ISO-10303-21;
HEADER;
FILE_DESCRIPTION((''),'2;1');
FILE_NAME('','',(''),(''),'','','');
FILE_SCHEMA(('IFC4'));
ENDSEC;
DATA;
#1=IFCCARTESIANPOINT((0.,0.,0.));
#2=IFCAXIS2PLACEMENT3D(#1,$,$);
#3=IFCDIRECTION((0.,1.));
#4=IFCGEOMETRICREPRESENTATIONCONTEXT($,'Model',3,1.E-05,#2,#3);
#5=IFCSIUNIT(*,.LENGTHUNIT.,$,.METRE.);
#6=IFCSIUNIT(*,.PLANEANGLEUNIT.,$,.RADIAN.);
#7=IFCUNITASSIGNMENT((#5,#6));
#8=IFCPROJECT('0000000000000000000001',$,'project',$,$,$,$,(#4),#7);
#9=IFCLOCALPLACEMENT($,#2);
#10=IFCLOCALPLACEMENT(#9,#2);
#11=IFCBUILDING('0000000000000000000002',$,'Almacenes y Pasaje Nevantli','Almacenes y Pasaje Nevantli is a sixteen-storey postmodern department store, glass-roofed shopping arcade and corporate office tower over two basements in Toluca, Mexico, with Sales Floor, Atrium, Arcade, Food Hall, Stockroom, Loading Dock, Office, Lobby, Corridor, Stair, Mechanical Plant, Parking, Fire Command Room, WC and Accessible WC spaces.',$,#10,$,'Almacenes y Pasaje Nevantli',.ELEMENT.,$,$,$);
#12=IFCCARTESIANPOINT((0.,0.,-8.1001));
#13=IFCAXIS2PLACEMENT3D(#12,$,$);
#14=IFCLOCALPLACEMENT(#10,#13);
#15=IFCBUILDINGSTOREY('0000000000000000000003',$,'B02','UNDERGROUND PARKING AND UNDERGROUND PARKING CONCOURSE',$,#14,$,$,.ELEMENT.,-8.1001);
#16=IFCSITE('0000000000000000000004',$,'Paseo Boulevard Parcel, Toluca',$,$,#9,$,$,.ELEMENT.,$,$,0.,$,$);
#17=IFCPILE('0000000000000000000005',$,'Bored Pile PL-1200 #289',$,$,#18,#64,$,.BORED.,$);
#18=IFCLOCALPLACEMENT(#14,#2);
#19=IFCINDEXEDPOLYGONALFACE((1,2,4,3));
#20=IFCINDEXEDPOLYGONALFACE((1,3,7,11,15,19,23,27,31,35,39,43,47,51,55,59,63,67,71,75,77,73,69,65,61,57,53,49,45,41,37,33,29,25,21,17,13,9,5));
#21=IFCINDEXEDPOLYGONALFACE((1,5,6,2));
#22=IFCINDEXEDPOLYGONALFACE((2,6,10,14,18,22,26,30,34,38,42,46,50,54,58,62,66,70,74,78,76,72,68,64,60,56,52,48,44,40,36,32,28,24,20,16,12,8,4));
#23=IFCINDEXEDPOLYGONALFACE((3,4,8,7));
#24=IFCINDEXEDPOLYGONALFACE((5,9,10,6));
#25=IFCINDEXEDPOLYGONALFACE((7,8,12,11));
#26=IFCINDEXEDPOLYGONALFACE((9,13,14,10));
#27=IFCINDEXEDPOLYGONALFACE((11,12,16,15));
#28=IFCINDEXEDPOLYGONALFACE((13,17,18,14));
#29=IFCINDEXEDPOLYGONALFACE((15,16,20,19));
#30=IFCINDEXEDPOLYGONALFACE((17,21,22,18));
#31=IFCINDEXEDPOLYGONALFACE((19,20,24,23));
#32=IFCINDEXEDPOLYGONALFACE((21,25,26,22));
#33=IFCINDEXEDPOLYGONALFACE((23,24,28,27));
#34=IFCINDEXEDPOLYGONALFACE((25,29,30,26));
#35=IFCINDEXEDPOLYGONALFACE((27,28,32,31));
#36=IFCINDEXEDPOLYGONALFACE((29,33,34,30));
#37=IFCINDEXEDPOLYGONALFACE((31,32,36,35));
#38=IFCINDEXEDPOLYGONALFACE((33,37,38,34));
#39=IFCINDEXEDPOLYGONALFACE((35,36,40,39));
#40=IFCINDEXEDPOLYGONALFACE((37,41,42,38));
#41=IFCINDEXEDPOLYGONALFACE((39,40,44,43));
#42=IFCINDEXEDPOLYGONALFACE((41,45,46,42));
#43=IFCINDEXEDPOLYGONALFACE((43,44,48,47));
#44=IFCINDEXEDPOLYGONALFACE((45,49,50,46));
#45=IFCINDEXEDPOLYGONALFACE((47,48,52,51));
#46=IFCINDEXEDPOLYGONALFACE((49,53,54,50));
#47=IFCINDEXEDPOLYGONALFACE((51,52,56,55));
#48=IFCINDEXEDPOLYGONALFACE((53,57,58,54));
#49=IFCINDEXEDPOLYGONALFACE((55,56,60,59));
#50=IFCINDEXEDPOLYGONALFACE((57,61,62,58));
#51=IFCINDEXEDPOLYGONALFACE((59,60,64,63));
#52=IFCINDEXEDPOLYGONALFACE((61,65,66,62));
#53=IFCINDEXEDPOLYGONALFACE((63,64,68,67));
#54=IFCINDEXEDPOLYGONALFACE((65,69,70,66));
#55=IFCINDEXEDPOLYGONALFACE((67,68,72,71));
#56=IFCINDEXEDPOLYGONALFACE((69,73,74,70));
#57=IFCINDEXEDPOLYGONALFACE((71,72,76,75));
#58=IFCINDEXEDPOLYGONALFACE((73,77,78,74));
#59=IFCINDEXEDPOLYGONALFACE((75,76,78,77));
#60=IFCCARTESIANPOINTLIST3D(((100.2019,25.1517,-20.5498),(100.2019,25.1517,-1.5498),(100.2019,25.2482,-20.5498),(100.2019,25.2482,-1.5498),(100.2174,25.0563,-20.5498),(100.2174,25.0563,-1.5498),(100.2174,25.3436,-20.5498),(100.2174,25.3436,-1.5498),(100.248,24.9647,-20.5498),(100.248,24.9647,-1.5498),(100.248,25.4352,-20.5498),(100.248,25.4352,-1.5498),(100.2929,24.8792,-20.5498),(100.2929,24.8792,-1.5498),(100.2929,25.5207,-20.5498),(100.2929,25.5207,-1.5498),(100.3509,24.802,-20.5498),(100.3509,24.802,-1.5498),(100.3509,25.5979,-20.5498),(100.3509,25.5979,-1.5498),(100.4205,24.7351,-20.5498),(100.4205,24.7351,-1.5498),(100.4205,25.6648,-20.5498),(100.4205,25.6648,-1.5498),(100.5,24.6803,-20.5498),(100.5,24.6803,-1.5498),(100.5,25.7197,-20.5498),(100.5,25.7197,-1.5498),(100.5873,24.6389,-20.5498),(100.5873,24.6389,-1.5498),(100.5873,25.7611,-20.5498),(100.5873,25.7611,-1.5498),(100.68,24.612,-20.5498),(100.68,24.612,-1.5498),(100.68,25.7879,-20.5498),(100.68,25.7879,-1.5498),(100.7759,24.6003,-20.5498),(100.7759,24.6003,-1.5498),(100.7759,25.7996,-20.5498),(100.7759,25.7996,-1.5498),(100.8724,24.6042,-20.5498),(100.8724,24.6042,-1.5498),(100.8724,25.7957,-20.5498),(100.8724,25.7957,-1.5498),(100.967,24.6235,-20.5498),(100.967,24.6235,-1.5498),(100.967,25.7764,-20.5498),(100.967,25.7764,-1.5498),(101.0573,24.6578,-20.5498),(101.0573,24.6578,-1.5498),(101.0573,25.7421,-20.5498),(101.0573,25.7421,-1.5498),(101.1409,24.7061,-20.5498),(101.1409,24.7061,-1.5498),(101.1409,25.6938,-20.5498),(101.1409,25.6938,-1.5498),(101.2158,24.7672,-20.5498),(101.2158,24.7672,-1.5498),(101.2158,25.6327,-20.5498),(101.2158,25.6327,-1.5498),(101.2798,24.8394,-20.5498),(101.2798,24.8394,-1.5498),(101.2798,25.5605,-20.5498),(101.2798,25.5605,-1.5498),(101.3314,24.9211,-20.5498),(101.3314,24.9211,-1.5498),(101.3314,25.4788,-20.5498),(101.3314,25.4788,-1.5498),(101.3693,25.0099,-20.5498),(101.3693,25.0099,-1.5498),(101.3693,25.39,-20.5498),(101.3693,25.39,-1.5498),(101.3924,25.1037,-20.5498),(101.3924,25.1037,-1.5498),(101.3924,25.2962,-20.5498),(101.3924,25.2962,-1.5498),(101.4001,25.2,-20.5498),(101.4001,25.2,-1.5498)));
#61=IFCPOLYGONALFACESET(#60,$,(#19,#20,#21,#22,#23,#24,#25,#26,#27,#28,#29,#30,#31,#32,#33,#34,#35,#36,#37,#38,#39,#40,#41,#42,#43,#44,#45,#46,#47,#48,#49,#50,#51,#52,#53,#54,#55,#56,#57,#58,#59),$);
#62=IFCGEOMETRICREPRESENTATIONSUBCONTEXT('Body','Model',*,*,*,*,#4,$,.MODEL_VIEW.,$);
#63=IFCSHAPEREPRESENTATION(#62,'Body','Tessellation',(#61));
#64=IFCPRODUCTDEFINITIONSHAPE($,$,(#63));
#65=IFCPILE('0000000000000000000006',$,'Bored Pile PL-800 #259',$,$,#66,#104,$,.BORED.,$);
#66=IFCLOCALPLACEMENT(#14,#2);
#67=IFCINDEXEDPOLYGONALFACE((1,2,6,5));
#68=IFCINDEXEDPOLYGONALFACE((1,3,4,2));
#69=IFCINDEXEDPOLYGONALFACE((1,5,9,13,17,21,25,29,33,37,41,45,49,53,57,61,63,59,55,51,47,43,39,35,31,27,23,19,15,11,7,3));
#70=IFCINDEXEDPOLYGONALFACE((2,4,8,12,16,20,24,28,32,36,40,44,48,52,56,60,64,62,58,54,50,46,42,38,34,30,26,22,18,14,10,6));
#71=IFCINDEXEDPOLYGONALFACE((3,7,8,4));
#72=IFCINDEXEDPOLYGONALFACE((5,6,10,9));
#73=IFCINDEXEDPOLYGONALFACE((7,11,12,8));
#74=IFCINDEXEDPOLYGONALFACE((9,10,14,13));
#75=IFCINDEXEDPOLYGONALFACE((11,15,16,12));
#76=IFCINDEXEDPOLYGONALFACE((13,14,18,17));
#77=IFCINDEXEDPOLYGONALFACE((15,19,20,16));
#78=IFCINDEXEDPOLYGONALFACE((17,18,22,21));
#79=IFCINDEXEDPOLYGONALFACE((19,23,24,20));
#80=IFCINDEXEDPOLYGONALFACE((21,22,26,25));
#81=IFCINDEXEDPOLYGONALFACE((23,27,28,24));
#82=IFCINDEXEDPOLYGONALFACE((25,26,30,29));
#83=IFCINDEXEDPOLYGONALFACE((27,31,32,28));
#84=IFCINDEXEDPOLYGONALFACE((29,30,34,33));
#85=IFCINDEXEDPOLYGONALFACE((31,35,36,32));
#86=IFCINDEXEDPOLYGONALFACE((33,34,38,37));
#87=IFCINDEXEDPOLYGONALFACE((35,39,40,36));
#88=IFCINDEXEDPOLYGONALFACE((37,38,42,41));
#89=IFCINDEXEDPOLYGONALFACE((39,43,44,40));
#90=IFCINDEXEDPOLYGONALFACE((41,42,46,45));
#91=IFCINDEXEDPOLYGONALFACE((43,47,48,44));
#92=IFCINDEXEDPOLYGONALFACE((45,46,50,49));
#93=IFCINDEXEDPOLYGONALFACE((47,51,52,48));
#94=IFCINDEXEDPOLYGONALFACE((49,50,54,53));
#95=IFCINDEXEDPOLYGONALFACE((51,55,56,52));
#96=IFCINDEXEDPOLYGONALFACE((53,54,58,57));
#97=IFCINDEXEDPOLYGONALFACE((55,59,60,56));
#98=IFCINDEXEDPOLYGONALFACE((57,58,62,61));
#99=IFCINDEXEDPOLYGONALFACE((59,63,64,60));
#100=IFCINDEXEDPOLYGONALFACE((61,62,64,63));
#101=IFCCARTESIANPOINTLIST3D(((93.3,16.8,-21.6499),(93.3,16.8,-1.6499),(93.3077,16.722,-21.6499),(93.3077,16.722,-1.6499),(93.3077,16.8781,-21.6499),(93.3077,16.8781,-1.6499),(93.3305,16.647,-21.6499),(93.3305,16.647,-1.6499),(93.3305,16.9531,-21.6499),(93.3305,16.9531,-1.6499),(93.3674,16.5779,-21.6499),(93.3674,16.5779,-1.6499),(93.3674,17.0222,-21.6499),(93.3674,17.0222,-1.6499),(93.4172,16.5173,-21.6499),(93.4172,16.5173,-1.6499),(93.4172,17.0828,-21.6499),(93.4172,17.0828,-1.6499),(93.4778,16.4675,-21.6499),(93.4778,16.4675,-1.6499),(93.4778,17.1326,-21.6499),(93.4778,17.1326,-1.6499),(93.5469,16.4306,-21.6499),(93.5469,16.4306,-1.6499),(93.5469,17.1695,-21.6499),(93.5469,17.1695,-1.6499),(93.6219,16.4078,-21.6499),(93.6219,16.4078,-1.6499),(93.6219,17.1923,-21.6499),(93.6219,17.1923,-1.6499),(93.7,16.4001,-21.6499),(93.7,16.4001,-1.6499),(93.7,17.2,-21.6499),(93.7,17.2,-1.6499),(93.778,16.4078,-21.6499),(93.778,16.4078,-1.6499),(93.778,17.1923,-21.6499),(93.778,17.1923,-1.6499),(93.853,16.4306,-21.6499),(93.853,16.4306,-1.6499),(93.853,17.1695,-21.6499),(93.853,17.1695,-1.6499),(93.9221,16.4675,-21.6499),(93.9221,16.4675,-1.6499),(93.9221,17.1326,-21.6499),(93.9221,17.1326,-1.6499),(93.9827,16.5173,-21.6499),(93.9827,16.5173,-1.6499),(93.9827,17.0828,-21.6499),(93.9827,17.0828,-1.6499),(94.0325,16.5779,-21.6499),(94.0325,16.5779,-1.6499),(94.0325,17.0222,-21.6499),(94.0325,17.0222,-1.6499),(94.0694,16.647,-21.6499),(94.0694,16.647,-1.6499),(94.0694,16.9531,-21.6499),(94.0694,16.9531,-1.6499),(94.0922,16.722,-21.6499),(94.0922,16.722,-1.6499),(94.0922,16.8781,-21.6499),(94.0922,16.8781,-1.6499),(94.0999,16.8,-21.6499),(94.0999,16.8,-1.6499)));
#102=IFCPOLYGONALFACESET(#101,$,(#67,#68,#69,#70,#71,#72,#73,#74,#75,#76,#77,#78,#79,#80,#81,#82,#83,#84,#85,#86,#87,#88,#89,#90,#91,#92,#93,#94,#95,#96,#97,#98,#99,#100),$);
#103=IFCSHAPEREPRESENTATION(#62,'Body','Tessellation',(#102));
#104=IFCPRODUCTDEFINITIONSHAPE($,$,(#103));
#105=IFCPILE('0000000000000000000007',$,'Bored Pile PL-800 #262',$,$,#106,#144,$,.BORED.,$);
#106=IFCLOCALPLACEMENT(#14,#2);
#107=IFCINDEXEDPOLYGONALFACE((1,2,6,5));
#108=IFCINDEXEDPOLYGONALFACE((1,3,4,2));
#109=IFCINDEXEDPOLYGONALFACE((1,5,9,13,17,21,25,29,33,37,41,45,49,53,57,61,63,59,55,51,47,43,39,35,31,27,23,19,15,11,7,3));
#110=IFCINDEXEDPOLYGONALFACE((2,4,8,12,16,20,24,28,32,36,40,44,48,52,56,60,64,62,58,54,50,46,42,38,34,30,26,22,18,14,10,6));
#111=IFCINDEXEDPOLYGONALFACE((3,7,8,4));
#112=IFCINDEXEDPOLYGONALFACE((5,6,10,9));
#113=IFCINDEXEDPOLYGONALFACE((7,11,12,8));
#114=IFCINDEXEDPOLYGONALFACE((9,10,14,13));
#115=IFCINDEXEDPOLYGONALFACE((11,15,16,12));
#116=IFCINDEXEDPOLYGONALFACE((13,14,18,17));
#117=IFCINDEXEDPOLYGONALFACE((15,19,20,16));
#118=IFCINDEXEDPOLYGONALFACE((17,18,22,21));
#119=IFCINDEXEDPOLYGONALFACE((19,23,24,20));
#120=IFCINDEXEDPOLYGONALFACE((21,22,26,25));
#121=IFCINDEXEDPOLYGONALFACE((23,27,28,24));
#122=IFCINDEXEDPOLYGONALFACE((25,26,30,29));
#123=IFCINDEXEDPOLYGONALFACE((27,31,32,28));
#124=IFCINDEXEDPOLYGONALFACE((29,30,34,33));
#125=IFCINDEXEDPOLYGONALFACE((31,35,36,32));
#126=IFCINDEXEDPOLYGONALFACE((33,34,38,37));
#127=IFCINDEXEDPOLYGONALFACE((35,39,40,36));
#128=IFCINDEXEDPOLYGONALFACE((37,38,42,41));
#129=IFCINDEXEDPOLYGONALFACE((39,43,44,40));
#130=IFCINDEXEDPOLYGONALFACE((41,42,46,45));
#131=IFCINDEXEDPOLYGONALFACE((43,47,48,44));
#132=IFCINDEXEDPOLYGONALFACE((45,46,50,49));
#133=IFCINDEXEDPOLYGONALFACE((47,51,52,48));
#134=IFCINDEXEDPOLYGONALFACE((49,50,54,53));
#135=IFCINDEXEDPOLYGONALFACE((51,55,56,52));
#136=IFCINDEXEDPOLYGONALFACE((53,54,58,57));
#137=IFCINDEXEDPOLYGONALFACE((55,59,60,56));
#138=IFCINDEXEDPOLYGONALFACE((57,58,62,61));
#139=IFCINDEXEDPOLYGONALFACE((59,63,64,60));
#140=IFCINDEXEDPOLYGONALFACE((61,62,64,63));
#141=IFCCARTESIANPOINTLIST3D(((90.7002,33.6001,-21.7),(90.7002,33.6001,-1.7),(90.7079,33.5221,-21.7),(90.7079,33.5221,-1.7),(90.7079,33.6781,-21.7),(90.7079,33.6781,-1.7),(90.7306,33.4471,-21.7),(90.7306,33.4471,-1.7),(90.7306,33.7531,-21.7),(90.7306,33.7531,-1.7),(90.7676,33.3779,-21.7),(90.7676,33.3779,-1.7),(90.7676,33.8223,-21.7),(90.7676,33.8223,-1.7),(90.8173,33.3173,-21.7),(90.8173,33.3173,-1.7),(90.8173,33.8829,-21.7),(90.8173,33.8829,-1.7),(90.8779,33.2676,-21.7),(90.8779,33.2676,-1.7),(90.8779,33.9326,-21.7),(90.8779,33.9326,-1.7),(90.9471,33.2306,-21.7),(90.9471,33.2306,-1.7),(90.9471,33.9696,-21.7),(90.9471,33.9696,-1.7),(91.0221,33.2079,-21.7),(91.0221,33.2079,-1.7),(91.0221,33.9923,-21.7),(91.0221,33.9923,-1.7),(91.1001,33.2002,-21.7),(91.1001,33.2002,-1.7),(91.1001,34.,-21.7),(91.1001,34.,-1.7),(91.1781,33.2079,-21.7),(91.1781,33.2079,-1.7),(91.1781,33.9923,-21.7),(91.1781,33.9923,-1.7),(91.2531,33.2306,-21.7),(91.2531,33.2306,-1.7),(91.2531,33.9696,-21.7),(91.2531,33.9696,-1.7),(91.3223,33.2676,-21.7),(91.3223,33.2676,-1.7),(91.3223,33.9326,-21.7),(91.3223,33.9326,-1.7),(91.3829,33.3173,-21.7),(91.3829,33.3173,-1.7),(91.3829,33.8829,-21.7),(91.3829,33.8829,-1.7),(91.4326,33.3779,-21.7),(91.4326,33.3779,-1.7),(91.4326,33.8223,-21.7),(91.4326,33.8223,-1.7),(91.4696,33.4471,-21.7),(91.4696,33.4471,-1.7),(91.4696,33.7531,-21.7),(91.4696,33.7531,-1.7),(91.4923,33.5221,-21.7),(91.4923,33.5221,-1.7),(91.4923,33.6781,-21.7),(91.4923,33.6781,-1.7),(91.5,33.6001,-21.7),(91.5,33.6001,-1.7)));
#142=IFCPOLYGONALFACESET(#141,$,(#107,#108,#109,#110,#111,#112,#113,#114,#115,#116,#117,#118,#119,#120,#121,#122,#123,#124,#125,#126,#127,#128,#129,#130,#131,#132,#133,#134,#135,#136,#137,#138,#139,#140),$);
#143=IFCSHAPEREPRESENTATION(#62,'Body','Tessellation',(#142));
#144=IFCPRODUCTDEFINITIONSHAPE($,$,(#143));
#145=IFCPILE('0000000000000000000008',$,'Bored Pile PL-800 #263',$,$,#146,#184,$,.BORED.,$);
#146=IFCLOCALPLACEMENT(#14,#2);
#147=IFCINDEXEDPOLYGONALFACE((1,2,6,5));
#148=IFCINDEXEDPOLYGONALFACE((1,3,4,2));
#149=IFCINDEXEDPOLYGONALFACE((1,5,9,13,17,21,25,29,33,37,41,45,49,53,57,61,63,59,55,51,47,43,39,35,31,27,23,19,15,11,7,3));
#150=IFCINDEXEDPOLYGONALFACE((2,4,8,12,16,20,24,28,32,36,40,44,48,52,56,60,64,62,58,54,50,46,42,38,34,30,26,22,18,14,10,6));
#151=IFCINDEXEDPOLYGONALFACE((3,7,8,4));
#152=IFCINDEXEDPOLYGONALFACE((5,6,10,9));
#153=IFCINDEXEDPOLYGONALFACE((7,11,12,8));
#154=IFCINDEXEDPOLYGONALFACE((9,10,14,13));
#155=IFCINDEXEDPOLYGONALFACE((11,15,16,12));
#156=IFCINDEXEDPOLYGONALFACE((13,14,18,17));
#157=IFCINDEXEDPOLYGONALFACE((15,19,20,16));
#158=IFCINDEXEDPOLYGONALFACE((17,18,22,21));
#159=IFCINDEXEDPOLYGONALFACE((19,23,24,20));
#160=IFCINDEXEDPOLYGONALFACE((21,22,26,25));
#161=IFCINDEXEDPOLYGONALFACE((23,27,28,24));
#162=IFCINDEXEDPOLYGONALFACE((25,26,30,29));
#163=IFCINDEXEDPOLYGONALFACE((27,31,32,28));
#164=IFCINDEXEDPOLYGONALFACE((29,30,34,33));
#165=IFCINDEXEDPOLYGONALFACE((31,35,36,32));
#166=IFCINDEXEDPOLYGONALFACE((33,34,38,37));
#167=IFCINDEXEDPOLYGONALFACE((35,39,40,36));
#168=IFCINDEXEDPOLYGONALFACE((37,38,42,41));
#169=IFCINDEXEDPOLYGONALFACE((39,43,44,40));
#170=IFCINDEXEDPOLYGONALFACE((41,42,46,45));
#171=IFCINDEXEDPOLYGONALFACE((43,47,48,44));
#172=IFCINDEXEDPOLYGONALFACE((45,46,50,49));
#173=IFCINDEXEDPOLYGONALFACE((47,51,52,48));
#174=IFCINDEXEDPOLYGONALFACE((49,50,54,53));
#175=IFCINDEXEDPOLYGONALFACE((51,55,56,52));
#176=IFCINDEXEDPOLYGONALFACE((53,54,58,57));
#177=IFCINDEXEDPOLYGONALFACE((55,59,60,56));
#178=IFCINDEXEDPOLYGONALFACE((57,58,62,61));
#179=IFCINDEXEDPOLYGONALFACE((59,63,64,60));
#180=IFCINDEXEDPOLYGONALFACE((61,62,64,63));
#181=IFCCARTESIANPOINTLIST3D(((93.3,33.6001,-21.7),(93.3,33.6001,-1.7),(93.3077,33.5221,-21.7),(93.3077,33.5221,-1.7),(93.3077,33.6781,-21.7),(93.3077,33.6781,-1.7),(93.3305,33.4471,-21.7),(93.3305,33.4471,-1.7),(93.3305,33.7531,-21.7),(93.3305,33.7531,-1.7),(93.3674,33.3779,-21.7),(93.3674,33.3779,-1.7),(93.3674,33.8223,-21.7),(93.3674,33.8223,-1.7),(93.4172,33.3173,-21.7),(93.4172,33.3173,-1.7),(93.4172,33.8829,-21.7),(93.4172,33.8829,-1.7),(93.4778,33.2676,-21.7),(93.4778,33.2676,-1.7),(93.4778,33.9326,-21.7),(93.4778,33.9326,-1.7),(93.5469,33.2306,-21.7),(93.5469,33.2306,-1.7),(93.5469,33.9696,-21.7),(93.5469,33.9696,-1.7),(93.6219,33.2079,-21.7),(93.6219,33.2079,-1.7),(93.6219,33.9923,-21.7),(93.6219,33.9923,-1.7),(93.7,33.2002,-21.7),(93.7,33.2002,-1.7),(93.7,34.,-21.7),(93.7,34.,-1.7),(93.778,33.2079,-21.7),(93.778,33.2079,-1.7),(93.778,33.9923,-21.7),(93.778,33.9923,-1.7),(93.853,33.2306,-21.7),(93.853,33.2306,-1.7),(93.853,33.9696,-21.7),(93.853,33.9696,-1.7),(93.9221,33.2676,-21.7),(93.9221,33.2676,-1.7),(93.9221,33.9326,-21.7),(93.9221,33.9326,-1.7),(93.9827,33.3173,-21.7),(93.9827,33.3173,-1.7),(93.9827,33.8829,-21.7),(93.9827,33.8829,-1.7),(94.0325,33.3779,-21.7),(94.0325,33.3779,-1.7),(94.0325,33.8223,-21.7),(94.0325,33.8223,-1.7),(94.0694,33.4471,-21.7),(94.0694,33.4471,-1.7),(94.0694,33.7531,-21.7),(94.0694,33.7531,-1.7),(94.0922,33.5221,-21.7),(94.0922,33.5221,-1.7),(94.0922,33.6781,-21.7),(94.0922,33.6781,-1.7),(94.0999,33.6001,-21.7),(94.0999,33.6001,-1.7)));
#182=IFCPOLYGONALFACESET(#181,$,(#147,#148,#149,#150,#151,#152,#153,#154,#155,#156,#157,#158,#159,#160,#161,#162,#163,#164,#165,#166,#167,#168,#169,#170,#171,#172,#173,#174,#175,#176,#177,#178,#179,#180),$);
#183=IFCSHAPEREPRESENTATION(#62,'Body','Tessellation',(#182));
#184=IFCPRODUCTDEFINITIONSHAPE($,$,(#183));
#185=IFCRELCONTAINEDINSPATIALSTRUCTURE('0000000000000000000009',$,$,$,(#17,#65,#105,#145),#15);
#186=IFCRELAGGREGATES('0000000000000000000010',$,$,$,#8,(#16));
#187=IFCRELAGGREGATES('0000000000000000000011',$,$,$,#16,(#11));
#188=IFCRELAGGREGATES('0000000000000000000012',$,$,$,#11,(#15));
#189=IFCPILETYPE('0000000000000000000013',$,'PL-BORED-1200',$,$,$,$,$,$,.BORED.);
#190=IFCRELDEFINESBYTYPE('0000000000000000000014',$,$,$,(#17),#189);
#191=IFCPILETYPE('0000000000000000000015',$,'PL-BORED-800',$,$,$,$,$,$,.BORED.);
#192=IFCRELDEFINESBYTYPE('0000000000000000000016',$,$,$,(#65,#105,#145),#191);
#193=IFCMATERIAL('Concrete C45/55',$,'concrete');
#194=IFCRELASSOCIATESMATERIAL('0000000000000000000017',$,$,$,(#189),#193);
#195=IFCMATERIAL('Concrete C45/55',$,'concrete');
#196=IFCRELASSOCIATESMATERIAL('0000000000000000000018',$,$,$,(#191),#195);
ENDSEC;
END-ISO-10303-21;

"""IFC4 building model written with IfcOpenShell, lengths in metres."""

from ifc_helpers import new_model, si_unit, direction, frame, origin, origin_2d, place, context, subcontext, project, spatial, circle, extrude, material, material_profile, profile_set, type_object, element, save


model = new_model("IFC4")

# Units and contexts
model_context = context("Model", 3, precision=1e-05, world=origin(), true_north=direction((0.0, 1.0)))
body_context = subcontext(model_context, "Body", "Model", "MODEL_VIEW")
ifc_project = project(units=[si_unit("LENGTHUNIT", "METRE"), si_unit("PLANEANGLEUNIT", "RADIAN")], contexts=[model_context])

# Site, building, storey
site_placement = place(None, origin())
site = spatial("IfcSite", under=ifc_project, at=site_placement, Name="Paseo Boulevard Parcel, Toluca", CompositionType="ELEMENT", RefElevation=0.0)
building_placement = place(site_placement, origin())
building = spatial("IfcBuilding", under=site, at=building_placement, Name="Almacenes y Pasaje Nevantli", Description="Almacenes y Pasaje Nevantli is a sixteen-storey postmodern department store, glass-roofed shopping arcade and corporate office tower over two basements in Toluca, Mexico, with Sales Floor, Atrium, Arcade, Food Hall, Stockroom, Loading Dock, Office, Lobby, Corridor, Stair, Mechanical Plant, Parking, Fire Command Room, WC and Accessible WC spaces.", LongName="Almacenes y Pasaje Nevantli", CompositionType="ELEMENT")
storey_placement = place(building_placement, frame((0.0, 0.0, -8.1001)))
storey = spatial("IfcBuildingStorey", under=building, at=storey_placement, Name="B02", Description="UNDERGROUND PARKING AND UNDERGROUND PARKING CONCOURSE", CompositionType="ELEMENT", Elevation=-8.1001)

# Piles
ifc_material_1 = material(Name="Concrete C45/55", Category="concrete")
ifc_material_profile_1 = material_profile(ifc_material_1, circle(Radius=0.6001, at=origin_2d()), Name="RC-PILE-D1200")
ifc_profile_set_1 = profile_set([ifc_material_profile_1], Name="Concrete C45/55")
pile_type_1 = type_object("IfcPileType", Name="PL-BORED-1200", PredefinedType="BORED", material=ifc_profile_set_1)
pile_placement = place(storey_placement, frame((100.8, 25.2, -1.5498), z_axis=(0.0, 0.0, -1.0), x_axis=(1.0, 0.0, 0.0)))
element("IfcPile", 1, at=pile_placement, inside=storey, type_object=pile_type_1, Name="Bored Pile PL-1200 #289", PredefinedType="BORED", context=body_context, shape_type="SweptSolid", body=[
    extrude(circle(Radius=0.6001, at=origin_2d()), origin(), (0.0, 0.0, 1.0), 19.0),
])
ifc_material_2 = material(Name="Concrete C45/55", Category="concrete")
ifc_material_profile_2 = material_profile(ifc_material_2, circle(Radius=0.3999, at=origin_2d()), Name="RC-PILE-D800")
ifc_profile_set_2 = profile_set([ifc_material_profile_2], Name="Concrete C45/55")
pile_type_2 = type_object("IfcPileType", Name="PL-BORED-800", PredefinedType="BORED", material=ifc_profile_set_2)
for number, where, z_axis, x_axis, name in (
    (2, (93.7, 16.8, -1.6499), (0.0, 0.0, -1.0), (1.0, 0.0, 0.0), "Bored Pile PL-800 #259"),
    (3, (91.1001, 33.6001, -1.7), (0.0, 0.0, -1.0), (1.0, 0.0, 0.0), "Bored Pile PL-800 #262"),
    (4, (93.7, 33.6001, -1.7), (0.0, 0.0, -1.0), (1.0, 0.0, 0.0), "Bored Pile PL-800 #263"),
):
    element("IfcPile", number, at=place(storey_placement, frame(where, z_axis=z_axis, x_axis=x_axis)), inside=storey, type_object=pile_type_2, Name=name, PredefinedType="BORED", context=body_context, shape_type="SweptSolid", body=[
        extrude(circle(Radius=0.3999, at=origin_2d()), origin(), (0.0, 0.0, 1.0), 20.0),
    ])

save(model, "model.ifc")
